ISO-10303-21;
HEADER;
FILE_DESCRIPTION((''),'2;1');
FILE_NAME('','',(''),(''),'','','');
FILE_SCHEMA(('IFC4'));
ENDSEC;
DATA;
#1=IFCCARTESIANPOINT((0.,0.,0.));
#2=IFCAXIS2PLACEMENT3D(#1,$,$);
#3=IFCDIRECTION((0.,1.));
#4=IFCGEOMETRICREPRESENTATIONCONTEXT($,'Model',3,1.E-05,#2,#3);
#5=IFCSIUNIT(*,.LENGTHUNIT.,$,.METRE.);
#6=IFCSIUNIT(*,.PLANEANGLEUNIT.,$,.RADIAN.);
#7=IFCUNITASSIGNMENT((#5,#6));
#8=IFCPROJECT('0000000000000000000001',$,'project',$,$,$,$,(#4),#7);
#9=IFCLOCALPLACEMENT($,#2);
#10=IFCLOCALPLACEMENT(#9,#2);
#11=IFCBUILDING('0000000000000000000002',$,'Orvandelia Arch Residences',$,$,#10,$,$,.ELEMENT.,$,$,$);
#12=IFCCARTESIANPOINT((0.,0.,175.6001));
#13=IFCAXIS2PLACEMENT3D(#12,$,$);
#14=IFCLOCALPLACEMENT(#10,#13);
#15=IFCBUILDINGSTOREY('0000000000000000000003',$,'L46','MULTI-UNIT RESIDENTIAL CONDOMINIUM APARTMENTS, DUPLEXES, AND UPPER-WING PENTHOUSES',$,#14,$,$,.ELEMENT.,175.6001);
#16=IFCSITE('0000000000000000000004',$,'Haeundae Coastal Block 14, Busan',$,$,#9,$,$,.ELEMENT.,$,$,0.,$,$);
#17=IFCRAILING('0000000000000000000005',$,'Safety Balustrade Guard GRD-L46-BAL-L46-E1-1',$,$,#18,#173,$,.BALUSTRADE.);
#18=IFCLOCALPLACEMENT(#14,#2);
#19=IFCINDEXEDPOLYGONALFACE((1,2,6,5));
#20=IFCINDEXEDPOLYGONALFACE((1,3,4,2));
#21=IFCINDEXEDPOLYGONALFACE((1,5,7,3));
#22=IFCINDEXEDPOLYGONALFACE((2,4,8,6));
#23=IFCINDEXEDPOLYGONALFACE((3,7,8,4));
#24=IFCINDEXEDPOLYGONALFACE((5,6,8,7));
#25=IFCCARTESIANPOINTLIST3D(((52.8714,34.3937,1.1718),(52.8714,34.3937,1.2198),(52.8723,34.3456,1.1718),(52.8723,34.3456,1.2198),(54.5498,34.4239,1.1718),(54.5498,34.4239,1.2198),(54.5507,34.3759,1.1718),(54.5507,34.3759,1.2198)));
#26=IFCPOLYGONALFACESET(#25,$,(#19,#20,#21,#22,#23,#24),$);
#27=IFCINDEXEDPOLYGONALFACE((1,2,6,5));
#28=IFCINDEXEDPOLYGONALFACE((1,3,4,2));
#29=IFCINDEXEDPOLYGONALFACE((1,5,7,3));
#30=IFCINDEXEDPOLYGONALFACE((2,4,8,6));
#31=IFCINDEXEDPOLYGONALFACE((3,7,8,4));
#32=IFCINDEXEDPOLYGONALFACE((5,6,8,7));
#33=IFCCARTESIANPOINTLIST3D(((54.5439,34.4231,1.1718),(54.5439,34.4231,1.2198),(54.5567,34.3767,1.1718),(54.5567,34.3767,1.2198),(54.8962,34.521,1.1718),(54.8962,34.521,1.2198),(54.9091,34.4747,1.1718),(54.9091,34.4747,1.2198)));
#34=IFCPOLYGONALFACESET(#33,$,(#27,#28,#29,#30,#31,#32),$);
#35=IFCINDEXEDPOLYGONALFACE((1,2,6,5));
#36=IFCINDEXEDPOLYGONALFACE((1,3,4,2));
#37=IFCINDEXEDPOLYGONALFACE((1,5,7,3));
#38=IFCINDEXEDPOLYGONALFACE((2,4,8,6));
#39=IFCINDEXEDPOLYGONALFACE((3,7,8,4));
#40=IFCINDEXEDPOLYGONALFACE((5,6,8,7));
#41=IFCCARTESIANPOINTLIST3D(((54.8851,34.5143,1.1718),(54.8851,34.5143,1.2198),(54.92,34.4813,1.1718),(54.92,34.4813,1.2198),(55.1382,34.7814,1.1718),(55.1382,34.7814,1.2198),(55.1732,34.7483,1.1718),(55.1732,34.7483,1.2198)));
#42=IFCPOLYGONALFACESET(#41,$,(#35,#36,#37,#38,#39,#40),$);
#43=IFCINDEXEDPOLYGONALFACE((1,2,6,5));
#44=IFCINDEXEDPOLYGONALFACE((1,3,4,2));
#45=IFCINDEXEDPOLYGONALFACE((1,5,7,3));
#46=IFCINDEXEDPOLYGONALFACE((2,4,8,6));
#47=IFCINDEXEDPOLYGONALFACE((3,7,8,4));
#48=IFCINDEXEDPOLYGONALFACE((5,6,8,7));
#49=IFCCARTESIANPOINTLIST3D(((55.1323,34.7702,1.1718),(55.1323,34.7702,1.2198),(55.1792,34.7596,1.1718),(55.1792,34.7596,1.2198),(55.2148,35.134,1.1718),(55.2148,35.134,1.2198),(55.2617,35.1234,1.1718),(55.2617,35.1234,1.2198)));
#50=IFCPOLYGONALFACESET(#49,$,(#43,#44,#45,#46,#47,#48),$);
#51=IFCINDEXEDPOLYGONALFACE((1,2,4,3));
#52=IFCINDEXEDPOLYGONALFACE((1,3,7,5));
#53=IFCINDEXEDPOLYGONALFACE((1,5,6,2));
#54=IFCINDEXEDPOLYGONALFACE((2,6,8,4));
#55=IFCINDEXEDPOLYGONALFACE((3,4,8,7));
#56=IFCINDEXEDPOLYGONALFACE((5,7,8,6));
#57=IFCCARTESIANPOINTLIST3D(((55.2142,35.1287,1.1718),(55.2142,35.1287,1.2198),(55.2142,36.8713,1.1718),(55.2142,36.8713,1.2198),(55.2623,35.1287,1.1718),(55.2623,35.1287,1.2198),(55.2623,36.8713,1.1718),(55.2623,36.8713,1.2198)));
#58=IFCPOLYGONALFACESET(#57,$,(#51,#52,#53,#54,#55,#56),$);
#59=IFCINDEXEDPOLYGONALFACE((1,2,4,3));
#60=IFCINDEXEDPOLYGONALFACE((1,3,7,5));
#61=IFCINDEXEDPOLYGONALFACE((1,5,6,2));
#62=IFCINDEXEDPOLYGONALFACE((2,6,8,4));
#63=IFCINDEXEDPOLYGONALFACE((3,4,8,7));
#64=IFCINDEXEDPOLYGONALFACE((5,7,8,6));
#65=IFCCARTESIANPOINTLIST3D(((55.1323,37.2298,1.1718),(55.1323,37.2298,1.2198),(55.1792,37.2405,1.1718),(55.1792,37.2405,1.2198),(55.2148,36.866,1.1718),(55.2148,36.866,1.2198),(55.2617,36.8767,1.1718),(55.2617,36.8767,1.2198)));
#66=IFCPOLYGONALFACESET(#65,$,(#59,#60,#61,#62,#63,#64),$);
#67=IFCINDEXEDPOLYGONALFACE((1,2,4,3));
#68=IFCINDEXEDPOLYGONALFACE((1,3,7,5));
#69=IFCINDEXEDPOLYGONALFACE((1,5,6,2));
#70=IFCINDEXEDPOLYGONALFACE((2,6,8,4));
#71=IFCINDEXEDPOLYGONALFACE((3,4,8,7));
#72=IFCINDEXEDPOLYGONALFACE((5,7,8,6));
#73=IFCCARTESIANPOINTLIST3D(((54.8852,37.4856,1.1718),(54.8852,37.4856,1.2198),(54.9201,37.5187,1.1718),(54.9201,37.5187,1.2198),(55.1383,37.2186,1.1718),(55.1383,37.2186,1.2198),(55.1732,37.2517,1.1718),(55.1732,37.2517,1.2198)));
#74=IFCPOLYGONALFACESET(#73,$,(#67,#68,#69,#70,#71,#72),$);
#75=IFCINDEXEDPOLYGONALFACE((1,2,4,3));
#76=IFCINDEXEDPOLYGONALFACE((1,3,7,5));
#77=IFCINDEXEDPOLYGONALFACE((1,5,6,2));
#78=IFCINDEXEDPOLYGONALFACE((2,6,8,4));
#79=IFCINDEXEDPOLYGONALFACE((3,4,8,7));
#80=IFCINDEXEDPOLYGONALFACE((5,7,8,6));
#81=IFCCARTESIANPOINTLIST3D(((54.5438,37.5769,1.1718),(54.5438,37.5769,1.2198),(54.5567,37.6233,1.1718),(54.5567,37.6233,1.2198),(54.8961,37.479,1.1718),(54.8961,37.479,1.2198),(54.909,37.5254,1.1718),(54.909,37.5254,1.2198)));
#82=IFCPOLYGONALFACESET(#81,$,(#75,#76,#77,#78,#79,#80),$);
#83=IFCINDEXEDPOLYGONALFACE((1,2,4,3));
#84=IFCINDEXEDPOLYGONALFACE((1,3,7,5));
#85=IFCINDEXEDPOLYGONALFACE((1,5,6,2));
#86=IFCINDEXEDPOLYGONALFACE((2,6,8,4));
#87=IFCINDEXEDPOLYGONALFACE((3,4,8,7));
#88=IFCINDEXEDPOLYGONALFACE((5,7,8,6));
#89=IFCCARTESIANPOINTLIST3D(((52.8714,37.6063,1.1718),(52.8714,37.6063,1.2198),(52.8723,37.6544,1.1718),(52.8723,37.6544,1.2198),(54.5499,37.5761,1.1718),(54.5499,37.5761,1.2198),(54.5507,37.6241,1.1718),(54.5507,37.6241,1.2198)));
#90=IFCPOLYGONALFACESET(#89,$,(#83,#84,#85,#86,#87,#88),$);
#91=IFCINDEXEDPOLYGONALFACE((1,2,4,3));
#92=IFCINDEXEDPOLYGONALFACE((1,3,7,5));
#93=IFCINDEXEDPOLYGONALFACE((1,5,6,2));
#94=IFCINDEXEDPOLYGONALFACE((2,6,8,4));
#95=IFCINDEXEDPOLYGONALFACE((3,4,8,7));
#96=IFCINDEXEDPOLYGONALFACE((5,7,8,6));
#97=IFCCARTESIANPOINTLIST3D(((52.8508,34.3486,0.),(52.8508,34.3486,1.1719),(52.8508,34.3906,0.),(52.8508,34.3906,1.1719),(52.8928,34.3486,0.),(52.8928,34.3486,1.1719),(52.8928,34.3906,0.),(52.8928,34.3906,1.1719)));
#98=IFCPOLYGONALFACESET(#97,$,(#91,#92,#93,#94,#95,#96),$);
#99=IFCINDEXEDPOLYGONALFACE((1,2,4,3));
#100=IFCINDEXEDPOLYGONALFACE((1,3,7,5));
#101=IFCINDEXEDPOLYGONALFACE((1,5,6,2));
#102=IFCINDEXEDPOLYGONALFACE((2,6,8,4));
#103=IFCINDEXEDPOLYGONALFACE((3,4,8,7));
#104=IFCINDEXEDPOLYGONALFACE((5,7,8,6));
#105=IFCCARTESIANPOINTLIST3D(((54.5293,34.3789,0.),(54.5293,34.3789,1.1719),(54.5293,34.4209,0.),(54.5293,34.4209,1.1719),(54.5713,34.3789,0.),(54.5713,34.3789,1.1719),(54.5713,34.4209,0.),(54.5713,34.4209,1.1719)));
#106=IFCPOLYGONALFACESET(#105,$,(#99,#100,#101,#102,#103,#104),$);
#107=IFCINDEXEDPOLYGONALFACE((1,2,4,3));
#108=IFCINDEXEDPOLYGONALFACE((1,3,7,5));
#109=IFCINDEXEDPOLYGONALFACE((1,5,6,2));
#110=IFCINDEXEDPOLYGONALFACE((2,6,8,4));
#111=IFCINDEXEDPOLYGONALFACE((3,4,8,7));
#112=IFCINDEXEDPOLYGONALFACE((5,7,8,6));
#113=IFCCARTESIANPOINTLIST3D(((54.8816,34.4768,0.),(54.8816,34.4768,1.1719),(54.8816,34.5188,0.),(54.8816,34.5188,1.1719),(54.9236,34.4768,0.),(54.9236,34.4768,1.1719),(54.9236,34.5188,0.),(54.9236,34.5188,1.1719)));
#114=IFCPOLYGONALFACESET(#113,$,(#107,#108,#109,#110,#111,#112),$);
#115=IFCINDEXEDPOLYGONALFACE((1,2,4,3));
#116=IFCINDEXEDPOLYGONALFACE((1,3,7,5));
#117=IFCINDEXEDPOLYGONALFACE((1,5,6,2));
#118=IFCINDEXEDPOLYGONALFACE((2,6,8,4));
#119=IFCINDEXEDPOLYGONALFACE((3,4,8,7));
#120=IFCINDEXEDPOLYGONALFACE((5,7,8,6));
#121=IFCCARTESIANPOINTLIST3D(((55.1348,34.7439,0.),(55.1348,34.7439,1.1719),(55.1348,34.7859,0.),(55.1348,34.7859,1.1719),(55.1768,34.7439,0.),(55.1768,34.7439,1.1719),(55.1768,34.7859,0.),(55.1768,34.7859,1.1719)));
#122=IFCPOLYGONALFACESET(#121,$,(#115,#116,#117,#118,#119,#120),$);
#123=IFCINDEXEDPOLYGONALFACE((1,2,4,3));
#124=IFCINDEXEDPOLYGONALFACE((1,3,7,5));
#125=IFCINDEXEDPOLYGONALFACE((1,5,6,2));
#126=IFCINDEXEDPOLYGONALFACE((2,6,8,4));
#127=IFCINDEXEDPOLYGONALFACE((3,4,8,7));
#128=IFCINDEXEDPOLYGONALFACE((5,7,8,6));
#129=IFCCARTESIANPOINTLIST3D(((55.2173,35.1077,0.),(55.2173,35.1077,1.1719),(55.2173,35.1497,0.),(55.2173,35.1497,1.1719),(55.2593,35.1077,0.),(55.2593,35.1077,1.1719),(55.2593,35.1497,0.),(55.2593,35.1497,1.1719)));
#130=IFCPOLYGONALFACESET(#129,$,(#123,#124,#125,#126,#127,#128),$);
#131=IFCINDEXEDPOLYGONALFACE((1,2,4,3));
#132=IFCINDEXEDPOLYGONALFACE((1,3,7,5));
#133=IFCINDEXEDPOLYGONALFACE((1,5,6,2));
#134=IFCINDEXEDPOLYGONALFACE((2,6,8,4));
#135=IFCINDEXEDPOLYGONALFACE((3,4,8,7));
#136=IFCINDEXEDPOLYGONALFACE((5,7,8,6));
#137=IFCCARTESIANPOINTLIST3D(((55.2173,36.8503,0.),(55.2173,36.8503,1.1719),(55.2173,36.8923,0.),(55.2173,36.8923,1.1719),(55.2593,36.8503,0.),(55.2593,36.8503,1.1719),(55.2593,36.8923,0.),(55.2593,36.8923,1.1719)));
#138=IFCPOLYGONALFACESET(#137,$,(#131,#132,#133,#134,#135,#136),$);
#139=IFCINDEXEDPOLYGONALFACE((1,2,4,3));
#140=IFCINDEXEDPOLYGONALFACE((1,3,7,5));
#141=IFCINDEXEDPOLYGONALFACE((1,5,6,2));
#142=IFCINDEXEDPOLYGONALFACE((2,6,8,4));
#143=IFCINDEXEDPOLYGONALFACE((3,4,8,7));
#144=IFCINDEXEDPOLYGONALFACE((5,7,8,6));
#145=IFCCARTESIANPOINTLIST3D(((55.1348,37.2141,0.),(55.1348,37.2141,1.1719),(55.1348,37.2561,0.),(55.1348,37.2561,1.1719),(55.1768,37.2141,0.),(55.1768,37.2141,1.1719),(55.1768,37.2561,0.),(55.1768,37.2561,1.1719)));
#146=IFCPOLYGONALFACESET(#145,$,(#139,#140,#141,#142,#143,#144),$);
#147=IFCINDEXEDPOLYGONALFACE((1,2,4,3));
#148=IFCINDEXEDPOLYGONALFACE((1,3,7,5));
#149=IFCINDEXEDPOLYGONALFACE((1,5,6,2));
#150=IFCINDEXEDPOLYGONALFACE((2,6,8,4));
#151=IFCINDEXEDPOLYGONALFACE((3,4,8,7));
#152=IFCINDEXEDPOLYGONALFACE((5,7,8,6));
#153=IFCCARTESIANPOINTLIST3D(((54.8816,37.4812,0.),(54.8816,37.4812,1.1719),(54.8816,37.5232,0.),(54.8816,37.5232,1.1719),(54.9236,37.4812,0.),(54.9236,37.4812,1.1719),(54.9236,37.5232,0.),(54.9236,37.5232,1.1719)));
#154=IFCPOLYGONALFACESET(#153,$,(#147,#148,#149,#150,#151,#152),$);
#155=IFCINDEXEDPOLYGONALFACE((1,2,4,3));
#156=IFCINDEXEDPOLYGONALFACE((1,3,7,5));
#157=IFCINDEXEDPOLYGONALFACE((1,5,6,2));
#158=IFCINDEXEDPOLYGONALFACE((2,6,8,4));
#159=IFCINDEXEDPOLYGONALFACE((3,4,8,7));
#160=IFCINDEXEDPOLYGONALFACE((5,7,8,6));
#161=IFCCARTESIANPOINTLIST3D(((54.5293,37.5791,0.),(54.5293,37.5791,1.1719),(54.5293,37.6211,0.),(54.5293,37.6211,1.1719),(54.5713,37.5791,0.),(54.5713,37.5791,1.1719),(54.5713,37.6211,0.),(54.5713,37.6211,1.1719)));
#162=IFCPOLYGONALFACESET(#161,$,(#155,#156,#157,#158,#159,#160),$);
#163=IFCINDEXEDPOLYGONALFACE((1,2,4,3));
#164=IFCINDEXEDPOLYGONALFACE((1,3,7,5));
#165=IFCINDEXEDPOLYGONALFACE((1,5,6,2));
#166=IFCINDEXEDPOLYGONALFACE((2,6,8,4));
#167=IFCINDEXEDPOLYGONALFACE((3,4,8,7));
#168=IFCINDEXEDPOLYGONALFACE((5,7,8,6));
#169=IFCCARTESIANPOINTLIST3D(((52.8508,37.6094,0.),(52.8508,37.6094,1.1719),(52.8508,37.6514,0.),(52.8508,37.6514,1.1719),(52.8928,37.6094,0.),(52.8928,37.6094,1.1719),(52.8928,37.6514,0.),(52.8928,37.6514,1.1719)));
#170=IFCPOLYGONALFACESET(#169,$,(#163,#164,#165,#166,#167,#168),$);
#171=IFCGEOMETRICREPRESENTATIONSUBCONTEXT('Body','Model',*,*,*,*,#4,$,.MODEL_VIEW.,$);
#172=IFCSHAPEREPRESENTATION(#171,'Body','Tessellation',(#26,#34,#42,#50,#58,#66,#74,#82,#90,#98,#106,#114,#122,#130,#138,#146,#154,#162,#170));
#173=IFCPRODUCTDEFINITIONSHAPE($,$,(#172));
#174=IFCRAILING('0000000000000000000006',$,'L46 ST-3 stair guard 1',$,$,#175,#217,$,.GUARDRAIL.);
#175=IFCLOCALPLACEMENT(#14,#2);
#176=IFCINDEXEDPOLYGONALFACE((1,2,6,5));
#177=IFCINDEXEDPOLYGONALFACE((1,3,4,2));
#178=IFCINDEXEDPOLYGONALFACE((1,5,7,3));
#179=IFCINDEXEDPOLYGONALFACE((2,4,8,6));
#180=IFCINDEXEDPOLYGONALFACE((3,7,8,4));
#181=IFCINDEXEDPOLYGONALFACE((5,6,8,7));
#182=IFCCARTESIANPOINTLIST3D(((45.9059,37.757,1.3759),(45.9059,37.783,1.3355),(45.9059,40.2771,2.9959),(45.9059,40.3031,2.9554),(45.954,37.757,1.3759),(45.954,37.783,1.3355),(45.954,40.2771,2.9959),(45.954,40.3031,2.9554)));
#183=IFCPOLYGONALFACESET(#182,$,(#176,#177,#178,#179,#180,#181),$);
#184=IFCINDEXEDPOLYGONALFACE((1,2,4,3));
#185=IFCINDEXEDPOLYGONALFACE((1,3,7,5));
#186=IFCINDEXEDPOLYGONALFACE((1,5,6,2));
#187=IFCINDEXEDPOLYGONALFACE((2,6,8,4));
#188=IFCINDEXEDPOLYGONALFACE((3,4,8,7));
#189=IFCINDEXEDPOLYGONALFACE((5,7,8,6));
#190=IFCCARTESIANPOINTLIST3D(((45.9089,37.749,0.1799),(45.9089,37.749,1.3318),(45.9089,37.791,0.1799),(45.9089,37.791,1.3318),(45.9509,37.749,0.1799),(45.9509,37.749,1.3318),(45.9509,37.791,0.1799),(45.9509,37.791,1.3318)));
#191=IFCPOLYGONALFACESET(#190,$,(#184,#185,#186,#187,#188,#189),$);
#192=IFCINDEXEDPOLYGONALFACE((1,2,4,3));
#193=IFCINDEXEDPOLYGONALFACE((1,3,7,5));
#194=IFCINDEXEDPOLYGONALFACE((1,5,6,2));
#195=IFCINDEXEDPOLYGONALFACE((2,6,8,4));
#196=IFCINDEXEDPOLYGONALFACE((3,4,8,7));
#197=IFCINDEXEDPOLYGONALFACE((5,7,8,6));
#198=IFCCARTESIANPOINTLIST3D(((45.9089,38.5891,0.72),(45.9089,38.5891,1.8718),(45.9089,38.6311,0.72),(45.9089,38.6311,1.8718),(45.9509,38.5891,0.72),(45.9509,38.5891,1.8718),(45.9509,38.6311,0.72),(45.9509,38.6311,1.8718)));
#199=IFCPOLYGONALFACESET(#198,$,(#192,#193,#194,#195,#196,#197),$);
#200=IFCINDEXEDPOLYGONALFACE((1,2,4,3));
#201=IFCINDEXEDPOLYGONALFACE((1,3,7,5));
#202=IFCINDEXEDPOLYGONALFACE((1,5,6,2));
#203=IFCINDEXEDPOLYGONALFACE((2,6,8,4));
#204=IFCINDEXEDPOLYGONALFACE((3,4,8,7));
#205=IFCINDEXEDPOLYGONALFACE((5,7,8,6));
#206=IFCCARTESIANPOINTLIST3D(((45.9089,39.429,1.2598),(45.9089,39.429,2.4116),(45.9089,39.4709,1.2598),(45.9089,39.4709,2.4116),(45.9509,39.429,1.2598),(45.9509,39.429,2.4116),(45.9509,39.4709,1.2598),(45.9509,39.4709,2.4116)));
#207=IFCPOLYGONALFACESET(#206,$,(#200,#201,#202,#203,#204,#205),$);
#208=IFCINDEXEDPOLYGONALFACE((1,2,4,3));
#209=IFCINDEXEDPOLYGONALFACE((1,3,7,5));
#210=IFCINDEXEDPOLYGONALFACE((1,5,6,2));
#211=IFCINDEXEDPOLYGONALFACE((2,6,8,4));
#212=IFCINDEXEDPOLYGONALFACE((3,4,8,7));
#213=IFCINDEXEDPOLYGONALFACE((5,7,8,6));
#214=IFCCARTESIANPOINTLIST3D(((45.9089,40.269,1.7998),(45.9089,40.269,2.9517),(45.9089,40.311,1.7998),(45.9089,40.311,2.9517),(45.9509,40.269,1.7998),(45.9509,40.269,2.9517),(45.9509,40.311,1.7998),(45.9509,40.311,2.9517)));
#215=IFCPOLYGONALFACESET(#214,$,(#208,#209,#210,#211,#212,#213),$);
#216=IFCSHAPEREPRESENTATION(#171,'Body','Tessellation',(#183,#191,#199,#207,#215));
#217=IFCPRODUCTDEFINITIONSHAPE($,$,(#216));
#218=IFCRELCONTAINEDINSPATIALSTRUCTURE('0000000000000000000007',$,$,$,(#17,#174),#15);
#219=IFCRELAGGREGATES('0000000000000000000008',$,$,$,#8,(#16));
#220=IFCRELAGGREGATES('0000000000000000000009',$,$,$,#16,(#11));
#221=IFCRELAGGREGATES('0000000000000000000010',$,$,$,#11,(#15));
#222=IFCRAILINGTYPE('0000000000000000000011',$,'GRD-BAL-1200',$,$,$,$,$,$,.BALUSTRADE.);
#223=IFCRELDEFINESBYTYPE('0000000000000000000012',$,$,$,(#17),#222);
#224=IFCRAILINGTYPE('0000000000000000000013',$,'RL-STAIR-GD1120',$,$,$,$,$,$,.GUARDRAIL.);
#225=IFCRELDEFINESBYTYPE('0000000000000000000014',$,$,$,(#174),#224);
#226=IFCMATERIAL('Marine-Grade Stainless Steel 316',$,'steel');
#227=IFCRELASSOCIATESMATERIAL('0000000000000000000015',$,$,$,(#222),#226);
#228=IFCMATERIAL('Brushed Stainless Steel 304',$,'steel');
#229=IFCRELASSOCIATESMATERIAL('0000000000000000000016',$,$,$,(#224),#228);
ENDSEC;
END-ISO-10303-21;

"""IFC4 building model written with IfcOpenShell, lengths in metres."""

from ifc_helpers import new_model, si_unit, direction, frame, origin, origin_2d, place, context, subcontext, project, spatial, rectangle, extrude, material, type_object, element, save


model = new_model("IFC4")

# Units and contexts
model_context = context("Model", 3, precision=1e-05, world=origin(), true_north=direction((0.0, 1.0)))
body_context = subcontext(model_context, "Body", "Model", "MODEL_VIEW")
ifc_project = project(units=[si_unit("LENGTHUNIT", "METRE"), si_unit("PLANEANGLEUNIT", "RADIAN")], contexts=[model_context])

# Site, building, storey
site_placement = place(None, origin())
site = spatial("IfcSite", under=ifc_project, at=site_placement, Name="Haeundae Coastal Block 14, Busan", CompositionType="ELEMENT", RefElevation=0.0)
building_placement = place(site_placement, origin())
building = spatial("IfcBuilding", under=site, at=building_placement, Name="Orvandelia Arch Residences", CompositionType="ELEMENT")
storey_placement = place(building_placement, frame((0.0, 0.0, 175.6001)))
storey = spatial("IfcBuildingStorey", under=building, at=storey_placement, Name="L46", Description="MULTI-UNIT RESIDENTIAL CONDOMINIUM APARTMENTS, DUPLEXES, AND UPPER-WING PENTHOUSES", CompositionType="ELEMENT", Elevation=175.6001)

# Railings
ifc_material_1 = material(Name="Marine-Grade Stainless Steel 316", Category="steel")
railing_type_1 = type_object("IfcRailingType", Name="GRD-BAL-1200", PredefinedType="BALUSTRADE", material=ifc_material_1)
railing_1_placement = place(storey_placement, frame((52.8718, 34.3696, 0.0)))
element("IfcRailing", 1, at=railing_1_placement, inside=storey, type_object=railing_type_1, Name="Safety Balustrade Guard GRD-L46-BAL-L46-E1-1", PredefinedType="BALUSTRADE", context=body_context, shape_type="SweptSolid", body=[
    extrude(rectangle(XDim=0.0481, YDim=0.0481, at=origin_2d()), frame((0.0, 0.0, 1.1958), z_axis=(0.999837, 0.018033, 0.0), x_axis=(-0.018033, 0.999837, 0.0)), (0.0, 0.0, 1.0), 1.6787),
    extrude(rectangle(XDim=0.0481, YDim=0.0481, at=origin_2d()), frame((1.6785, 0.0303, 1.1958), z_axis=(0.963489, 0.267747, 0.0), x_axis=(-0.267747, 0.963489, 0.0)), (0.0, 0.0, 1.0), 0.3657),
    extrude(rectangle(XDim=0.0481, YDim=0.0481, at=origin_2d()), frame((2.0308, 0.1282, 1.1958), z_axis=(0.687947, 0.725761, 0.0), x_axis=(-0.725761, 0.687947, 0.0)), (0.0, 0.0, 1.0), 0.3679),
    extrude(rectangle(XDim=0.0481, YDim=0.0481, at=origin_2d()), frame((2.2839, 0.3953, 1.1958), z_axis=(0.221225, 0.975223, 0.0), x_axis=(-0.975223, 0.221225, 0.0)), (0.0, 0.0, 1.0), 0.373),
    extrude(rectangle(XDim=0.0481, YDim=0.0481, at=origin_2d()), frame((2.3665, 0.759, 1.1958), z_axis=(0.0, 1.0, 0.0), x_axis=(-1.0, 0.0, 0.0)), (0.0, 0.0, 1.0), 1.7427),
    extrude(rectangle(XDim=0.0481, YDim=0.0481, at=origin_2d()), frame((2.3665, 2.5017, 1.1958), z_axis=(-0.221225, 0.975223, 0.0), x_axis=(-0.975223, -0.221225, 0.0)), (0.0, 0.0, 1.0), 0.373),
    extrude(rectangle(XDim=0.0481, YDim=0.0481, at=origin_2d()), frame((2.2839, 2.8655, 1.1958), z_axis=(-0.687947, 0.725761, 0.0), x_axis=(-0.725761, -0.687947, 0.0)), (0.0, 0.0, 1.0), 0.3679),
    extrude(rectangle(XDim=0.0481, YDim=0.0481, at=origin_2d()), frame((2.0308, 3.1326, 1.1958), z_axis=(-0.963489, 0.267747, 0.0), x_axis=(-0.267747, -0.963489, 0.0)), (0.0, 0.0, 1.0), 0.3657),
    extrude(rectangle(XDim=0.0481, YDim=0.0481, at=origin_2d()), frame((1.6785, 3.2305, 1.1958), z_axis=(-0.999837, 0.018033, 0.0), x_axis=(-0.018033, -0.999837, 0.0)), (0.0, 0.0, 1.0), 1.6787),
    extrude(rectangle(XDim=0.042, YDim=0.042, at=origin_2d()), origin(), (0.0, 0.0, 1.0), 1.1719),
    extrude(rectangle(XDim=0.042, YDim=0.042, at=origin_2d()), frame((1.6785, 0.0303, 0.0)), (0.0, 0.0, 1.0), 1.1719),
    extrude(rectangle(XDim=0.042, YDim=0.042, at=origin_2d()), frame((2.0308, 0.1282, 0.0)), (0.0, 0.0, 1.0), 1.1719),
    extrude(rectangle(XDim=0.042, YDim=0.042, at=origin_2d()), frame((2.2839, 0.3953, 0.0)), (0.0, 0.0, 1.0), 1.1719),
    extrude(rectangle(XDim=0.042, YDim=0.042, at=origin_2d()), frame((2.3665, 0.759, 0.0)), (0.0, 0.0, 1.0), 1.1719),
    extrude(rectangle(XDim=0.042, YDim=0.042, at=origin_2d()), frame((2.3665, 2.5017, 0.0)), (0.0, 0.0, 1.0), 1.1719),
    extrude(rectangle(XDim=0.042, YDim=0.042, at=origin_2d()), frame((2.2839, 2.8655, 0.0)), (0.0, 0.0, 1.0), 1.1719),
    extrude(rectangle(XDim=0.042, YDim=0.042, at=origin_2d()), frame((2.0308, 3.1326, 0.0)), (0.0, 0.0, 1.0), 1.1719),
    extrude(rectangle(XDim=0.042, YDim=0.042, at=origin_2d()), frame((1.6785, 3.2305, 0.0)), (0.0, 0.0, 1.0), 1.1719),
    extrude(rectangle(XDim=0.042, YDim=0.042, at=origin_2d()), frame((0.0, 3.2607, 0.0)), (0.0, 0.0, 1.0), 1.1719),
])
ifc_material_2 = material(Name="Brushed Stainless Steel 304", Category="steel")
railing_type_2 = type_object("IfcRailingType", Name="RL-STAIR-GD1120", PredefinedType="GUARDRAIL", material=ifc_material_2)
railing_2_placement = place(storey_placement, frame((45.9299, 37.77, 0.1799)))
element("IfcRailing", 2, at=railing_2_placement, inside=storey, type_object=railing_type_2, Name="L46 ST-3 stair guard 1", PredefinedType="GUARDRAIL", context=body_context, shape_type="SweptSolid", body=[
    extrude(rectangle(XDim=0.0481, YDim=0.0481, at=origin_2d()), frame((0.0, 0.0, 1.1758), z_axis=(0.0, 0.8412, 0.540725), x_axis=(-1.0, 0.0, 0.0)), (0.0, 0.0, 1.0), 2.9958),
    extrude(rectangle(XDim=0.042, YDim=0.042, at=origin_2d()), origin(), (0.0, 0.0, 1.0), 1.1519),
    extrude(rectangle(XDim=0.042, YDim=0.042, at=origin_2d()), frame((0.0, 0.8401, 0.54)), (0.0, 0.0, 1.0), 1.1519),
    extrude(rectangle(XDim=0.042, YDim=0.042, at=origin_2d()), frame((0.0, 1.6799, 1.0798)), (0.0, 0.0, 1.0), 1.1519),
    extrude(rectangle(XDim=0.042, YDim=0.042, at=origin_2d()), frame((0.0, 2.52, 1.6199)), (0.0, 0.0, 1.0), 1.1519),
])

save(model, "model.ifc")
